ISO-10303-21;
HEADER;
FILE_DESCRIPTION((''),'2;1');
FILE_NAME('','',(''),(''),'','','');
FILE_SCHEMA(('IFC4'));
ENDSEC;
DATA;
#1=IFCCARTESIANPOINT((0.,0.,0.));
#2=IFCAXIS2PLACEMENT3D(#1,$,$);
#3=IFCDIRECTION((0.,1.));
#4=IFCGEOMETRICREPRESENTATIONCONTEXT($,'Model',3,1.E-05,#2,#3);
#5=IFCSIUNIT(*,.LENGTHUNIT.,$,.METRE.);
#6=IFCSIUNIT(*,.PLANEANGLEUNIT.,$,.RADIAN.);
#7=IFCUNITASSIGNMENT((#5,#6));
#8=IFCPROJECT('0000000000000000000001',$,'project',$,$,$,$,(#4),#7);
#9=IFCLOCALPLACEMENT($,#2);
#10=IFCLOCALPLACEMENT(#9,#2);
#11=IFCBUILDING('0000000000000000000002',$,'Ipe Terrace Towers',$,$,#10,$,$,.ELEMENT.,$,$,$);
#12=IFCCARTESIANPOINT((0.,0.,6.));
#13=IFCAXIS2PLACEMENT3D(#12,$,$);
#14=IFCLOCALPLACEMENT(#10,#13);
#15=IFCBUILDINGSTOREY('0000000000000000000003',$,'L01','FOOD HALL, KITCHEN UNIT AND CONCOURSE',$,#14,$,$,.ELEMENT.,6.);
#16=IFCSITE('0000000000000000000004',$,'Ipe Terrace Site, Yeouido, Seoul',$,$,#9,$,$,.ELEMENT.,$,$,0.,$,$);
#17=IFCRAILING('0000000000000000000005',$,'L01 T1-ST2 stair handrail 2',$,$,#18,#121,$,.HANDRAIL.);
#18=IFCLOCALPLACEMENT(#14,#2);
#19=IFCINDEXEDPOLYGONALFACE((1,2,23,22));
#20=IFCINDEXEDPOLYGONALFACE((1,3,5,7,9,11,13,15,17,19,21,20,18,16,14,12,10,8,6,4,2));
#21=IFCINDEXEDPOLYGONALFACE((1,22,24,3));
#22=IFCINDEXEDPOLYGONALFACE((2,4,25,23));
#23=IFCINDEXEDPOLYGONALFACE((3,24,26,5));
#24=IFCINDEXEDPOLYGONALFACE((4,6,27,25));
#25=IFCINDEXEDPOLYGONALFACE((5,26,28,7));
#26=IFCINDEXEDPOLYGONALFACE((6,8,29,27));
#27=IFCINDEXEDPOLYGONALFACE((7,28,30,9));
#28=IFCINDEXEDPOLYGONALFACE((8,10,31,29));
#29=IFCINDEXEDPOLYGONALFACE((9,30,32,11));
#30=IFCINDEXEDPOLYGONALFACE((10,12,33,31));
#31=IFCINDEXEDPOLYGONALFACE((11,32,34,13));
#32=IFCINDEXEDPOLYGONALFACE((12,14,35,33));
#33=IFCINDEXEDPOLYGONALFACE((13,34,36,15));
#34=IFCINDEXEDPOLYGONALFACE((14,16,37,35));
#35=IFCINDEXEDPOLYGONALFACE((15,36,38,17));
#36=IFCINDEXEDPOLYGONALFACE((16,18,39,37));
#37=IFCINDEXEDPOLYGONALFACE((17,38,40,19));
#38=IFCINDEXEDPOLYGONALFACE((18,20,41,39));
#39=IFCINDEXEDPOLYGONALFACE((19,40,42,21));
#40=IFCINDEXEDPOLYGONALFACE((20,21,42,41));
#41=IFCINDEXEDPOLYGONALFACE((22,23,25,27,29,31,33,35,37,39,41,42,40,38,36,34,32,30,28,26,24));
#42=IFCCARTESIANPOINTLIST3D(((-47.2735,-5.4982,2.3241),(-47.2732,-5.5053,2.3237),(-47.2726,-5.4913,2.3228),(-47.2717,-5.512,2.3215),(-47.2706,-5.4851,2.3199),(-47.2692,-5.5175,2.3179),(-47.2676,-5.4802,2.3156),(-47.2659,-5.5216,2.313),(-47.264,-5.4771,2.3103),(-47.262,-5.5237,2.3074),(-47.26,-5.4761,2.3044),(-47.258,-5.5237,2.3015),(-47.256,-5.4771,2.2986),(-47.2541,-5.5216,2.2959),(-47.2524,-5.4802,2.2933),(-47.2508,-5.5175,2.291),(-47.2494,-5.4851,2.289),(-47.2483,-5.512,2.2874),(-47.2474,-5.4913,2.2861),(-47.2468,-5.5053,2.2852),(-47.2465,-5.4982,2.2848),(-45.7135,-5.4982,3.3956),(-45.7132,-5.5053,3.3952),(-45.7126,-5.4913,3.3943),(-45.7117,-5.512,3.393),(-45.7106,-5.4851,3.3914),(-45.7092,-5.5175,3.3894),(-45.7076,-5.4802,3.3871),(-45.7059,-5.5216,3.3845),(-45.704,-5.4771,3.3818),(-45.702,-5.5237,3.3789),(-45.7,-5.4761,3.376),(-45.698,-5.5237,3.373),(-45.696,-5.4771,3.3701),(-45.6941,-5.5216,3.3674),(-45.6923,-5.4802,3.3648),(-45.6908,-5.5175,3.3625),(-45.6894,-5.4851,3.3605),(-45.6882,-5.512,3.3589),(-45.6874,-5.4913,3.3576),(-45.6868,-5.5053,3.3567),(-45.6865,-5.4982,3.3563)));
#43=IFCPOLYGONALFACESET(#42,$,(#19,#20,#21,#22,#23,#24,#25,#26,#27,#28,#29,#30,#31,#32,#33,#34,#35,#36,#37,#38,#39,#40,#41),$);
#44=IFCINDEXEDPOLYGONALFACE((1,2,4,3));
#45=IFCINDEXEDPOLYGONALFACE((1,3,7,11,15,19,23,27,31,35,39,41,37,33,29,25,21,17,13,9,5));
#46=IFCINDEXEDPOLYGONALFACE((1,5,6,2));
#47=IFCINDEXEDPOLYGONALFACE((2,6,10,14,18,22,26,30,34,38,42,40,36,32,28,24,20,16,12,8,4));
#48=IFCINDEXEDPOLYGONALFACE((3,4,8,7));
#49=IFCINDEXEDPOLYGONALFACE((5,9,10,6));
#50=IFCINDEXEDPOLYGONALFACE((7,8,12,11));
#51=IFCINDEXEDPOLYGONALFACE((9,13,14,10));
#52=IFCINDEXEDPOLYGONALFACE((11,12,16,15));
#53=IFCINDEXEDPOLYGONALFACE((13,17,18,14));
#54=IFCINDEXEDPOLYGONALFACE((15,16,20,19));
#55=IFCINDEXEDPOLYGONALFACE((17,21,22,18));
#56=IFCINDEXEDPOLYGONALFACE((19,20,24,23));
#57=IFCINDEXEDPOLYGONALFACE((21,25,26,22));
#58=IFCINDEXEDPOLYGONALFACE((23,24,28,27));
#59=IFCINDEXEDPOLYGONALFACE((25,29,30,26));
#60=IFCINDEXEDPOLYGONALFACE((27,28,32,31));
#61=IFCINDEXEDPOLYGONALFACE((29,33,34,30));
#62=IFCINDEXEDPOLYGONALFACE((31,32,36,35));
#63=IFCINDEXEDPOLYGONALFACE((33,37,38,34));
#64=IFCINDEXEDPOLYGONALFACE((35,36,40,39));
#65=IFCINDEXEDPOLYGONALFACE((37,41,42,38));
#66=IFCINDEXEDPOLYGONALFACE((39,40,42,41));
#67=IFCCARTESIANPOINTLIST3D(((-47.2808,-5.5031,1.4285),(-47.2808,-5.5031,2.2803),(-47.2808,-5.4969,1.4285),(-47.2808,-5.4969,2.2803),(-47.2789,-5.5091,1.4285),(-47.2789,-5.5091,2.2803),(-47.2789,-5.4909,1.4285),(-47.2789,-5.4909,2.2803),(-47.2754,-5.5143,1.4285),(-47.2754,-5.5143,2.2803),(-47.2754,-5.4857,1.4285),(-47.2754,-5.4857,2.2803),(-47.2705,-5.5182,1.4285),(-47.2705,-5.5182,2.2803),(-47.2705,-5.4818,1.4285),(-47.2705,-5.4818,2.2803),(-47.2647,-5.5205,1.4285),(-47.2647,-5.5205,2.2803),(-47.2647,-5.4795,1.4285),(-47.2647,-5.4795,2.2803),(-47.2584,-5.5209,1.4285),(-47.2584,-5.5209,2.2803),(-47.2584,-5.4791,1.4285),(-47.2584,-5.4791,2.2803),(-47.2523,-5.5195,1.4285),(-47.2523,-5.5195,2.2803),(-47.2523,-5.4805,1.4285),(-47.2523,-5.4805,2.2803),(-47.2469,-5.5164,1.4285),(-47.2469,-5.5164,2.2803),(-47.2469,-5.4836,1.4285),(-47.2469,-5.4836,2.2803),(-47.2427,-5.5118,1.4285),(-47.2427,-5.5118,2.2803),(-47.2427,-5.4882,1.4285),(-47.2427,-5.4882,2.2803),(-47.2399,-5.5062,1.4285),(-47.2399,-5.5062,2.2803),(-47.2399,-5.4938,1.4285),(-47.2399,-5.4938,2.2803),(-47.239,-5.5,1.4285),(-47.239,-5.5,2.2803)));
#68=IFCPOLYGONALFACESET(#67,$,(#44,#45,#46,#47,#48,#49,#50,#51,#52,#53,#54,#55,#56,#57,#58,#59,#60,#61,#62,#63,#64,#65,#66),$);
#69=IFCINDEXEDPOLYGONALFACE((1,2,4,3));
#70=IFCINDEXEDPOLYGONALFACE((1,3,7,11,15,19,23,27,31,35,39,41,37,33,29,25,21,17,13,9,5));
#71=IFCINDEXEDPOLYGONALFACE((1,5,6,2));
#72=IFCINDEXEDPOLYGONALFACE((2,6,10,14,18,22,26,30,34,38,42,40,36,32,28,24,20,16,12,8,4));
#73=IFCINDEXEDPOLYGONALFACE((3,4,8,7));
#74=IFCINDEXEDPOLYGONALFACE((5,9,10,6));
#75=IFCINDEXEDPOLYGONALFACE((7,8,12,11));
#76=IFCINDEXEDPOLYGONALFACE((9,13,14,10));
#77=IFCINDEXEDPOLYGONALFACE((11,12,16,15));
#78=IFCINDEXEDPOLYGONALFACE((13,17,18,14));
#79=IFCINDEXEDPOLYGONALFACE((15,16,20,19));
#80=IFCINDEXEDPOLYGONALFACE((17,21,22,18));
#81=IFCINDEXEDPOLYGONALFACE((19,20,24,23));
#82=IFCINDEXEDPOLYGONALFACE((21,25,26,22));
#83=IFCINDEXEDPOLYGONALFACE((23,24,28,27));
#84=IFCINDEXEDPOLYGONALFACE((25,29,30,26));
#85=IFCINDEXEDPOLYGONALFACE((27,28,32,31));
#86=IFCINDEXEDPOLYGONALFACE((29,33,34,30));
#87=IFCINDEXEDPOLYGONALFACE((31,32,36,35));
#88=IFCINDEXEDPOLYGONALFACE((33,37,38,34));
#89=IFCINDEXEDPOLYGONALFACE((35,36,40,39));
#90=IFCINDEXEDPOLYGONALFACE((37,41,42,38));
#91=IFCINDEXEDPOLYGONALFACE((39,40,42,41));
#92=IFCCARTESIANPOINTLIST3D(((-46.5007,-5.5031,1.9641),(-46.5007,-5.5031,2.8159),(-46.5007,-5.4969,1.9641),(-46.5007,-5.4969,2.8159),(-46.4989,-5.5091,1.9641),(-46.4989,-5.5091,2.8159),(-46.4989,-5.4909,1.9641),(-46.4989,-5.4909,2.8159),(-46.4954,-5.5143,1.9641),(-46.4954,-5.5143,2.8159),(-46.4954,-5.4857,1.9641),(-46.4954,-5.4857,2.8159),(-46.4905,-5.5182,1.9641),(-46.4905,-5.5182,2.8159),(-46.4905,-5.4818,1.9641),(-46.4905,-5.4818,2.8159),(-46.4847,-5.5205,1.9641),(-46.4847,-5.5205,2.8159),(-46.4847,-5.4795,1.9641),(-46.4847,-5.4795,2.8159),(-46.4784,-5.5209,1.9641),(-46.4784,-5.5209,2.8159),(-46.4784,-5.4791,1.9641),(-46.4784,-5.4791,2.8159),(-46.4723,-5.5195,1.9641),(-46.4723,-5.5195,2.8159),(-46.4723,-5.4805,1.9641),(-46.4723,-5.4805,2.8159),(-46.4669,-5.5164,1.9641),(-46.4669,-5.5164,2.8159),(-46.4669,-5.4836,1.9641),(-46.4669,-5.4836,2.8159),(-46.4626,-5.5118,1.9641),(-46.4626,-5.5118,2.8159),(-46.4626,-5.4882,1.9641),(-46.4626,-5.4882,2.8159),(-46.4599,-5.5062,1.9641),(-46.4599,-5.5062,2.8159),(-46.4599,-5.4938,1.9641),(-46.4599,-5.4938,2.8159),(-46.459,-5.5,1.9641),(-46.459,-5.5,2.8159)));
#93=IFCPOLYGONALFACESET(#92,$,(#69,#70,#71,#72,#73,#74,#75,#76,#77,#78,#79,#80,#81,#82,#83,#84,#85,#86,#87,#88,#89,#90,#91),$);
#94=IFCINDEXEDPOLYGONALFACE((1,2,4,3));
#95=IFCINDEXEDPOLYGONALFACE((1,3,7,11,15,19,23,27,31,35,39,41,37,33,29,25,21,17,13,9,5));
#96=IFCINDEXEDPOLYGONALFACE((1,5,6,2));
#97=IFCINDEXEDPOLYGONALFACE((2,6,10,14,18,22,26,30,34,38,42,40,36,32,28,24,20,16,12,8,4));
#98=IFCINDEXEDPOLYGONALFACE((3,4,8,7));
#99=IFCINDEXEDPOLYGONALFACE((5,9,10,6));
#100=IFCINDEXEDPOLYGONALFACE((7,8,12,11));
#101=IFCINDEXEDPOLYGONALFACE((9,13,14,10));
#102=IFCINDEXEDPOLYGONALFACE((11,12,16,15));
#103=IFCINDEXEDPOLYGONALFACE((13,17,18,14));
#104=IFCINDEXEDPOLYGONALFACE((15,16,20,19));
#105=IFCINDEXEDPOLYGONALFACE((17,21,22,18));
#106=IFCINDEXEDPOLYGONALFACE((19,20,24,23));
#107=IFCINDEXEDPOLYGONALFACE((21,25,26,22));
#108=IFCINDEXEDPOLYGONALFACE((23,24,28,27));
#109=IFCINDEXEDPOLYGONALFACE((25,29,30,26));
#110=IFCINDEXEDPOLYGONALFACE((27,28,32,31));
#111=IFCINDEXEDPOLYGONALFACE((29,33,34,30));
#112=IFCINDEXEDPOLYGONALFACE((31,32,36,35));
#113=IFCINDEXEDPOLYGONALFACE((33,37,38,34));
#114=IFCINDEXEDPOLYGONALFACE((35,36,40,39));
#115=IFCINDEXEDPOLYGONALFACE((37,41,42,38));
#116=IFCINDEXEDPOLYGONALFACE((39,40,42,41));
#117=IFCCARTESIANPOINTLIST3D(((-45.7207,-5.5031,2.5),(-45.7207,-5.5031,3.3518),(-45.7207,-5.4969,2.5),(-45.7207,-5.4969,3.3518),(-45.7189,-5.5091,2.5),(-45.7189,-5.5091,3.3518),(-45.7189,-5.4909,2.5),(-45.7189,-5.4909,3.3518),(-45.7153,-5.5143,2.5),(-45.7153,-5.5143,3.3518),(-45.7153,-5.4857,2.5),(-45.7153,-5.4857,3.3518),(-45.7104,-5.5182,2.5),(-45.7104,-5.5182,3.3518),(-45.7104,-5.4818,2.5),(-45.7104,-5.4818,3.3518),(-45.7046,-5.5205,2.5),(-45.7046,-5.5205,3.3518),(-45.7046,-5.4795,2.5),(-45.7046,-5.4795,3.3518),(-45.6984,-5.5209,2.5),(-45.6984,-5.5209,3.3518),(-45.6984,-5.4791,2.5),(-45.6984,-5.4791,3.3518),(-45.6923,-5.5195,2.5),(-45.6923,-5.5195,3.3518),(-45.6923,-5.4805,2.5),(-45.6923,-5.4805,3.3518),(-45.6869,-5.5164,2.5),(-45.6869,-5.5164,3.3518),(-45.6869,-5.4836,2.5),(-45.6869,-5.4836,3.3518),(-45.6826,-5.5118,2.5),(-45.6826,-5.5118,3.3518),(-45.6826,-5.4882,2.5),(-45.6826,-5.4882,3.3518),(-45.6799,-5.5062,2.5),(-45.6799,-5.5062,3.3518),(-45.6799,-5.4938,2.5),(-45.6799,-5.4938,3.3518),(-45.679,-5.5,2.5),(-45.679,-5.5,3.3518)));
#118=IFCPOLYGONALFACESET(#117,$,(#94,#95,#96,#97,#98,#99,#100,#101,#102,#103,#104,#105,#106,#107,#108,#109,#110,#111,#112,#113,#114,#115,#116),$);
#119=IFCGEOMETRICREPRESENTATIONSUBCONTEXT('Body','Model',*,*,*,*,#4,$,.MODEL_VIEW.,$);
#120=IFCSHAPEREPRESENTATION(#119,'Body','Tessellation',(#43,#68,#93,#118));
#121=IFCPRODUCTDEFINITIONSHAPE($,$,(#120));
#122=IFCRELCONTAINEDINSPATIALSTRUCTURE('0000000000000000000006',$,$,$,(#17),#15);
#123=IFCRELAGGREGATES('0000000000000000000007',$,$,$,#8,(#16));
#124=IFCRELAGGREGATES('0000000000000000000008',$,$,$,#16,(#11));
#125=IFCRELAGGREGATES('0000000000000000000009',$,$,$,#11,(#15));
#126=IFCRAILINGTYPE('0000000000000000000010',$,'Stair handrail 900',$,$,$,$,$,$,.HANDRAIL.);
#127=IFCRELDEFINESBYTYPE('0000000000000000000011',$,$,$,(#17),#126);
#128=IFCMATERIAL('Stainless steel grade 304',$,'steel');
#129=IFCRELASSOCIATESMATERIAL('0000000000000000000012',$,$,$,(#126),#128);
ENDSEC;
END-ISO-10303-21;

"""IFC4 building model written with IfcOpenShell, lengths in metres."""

from ifc_helpers import new_model, si_unit, direction, frame, origin, origin_2d, place, context, subcontext, project, spatial, circle, extrude, material, type_object, element, save


model = new_model("IFC4")

# Units and contexts
model_context = context("Model", 3, precision=1e-05, world=origin(), true_north=direction((0.0, 1.0)))
body_context = subcontext(model_context, "Body", "Model", "MODEL_VIEW")
ifc_project = project(units=[si_unit("LENGTHUNIT", "METRE"), si_unit("PLANEANGLEUNIT", "RADIAN")], contexts=[model_context])

# Site, building, storey
site_placement = place(None, origin())
site = spatial("IfcSite", under=ifc_project, at=site_placement, Name="Ipe Terrace Site, Yeouido, Seoul", CompositionType="ELEMENT", RefElevation=0.0)
building_placement = place(site_placement, origin())
building = spatial("IfcBuilding", under=site, at=building_placement, Name="Ipe Terrace Towers", CompositionType="ELEMENT")
storey_placement = place(building_placement, frame((0.0, 0.0, 6.0)))
storey = spatial("IfcBuildingStorey", under=building, at=storey_placement, Name="L01", Description="FOOD HALL, KITCHEN UNIT AND CONCOURSE", CompositionType="ELEMENT", Elevation=6.0)

# Railing
ifc_material_1 = material(Name="Stainless steel grade 304", Category="steel")
railing_type_1 = type_object("IfcRailingType", Name="Stair handrail 900", PredefinedType="HANDRAIL", material=ifc_material_1)
railing_1_placement = place(storey_placement, frame((-47.26, -5.5, 1.4285)))
element("IfcRailing", 1, at=railing_1_placement, inside=storey, type_object=railing_type_1, Name="L01 T1-ST2 stair handrail 2", PredefinedType="HANDRAIL", context=body_context, shape_type="SweptSolid", body=[
    extrude(circle(Radius=0.0239, at=origin_2d()), frame((0.0, 0.0, 0.876), z_axis=(0.82429, 0.0, 0.566167), x_axis=(0.0, 1.0, 0.0)), (0.0, 0.0, 1.0), 1.8926),
    extrude(circle(Radius=0.021, at=origin_2d()), origin(), (0.0, 0.0, 1.0), 0.8518),
    extrude(circle(Radius=0.021, at=origin_2d()), frame((0.78, 0.0, 0.5356)), (0.0, 0.0, 1.0), 0.8518),
    extrude(circle(Radius=0.021, at=origin_2d()), frame((1.5601, 0.0, 1.0715)), (0.0, 0.0, 1.0), 0.8518),
])

save(model, "model.ifc")
